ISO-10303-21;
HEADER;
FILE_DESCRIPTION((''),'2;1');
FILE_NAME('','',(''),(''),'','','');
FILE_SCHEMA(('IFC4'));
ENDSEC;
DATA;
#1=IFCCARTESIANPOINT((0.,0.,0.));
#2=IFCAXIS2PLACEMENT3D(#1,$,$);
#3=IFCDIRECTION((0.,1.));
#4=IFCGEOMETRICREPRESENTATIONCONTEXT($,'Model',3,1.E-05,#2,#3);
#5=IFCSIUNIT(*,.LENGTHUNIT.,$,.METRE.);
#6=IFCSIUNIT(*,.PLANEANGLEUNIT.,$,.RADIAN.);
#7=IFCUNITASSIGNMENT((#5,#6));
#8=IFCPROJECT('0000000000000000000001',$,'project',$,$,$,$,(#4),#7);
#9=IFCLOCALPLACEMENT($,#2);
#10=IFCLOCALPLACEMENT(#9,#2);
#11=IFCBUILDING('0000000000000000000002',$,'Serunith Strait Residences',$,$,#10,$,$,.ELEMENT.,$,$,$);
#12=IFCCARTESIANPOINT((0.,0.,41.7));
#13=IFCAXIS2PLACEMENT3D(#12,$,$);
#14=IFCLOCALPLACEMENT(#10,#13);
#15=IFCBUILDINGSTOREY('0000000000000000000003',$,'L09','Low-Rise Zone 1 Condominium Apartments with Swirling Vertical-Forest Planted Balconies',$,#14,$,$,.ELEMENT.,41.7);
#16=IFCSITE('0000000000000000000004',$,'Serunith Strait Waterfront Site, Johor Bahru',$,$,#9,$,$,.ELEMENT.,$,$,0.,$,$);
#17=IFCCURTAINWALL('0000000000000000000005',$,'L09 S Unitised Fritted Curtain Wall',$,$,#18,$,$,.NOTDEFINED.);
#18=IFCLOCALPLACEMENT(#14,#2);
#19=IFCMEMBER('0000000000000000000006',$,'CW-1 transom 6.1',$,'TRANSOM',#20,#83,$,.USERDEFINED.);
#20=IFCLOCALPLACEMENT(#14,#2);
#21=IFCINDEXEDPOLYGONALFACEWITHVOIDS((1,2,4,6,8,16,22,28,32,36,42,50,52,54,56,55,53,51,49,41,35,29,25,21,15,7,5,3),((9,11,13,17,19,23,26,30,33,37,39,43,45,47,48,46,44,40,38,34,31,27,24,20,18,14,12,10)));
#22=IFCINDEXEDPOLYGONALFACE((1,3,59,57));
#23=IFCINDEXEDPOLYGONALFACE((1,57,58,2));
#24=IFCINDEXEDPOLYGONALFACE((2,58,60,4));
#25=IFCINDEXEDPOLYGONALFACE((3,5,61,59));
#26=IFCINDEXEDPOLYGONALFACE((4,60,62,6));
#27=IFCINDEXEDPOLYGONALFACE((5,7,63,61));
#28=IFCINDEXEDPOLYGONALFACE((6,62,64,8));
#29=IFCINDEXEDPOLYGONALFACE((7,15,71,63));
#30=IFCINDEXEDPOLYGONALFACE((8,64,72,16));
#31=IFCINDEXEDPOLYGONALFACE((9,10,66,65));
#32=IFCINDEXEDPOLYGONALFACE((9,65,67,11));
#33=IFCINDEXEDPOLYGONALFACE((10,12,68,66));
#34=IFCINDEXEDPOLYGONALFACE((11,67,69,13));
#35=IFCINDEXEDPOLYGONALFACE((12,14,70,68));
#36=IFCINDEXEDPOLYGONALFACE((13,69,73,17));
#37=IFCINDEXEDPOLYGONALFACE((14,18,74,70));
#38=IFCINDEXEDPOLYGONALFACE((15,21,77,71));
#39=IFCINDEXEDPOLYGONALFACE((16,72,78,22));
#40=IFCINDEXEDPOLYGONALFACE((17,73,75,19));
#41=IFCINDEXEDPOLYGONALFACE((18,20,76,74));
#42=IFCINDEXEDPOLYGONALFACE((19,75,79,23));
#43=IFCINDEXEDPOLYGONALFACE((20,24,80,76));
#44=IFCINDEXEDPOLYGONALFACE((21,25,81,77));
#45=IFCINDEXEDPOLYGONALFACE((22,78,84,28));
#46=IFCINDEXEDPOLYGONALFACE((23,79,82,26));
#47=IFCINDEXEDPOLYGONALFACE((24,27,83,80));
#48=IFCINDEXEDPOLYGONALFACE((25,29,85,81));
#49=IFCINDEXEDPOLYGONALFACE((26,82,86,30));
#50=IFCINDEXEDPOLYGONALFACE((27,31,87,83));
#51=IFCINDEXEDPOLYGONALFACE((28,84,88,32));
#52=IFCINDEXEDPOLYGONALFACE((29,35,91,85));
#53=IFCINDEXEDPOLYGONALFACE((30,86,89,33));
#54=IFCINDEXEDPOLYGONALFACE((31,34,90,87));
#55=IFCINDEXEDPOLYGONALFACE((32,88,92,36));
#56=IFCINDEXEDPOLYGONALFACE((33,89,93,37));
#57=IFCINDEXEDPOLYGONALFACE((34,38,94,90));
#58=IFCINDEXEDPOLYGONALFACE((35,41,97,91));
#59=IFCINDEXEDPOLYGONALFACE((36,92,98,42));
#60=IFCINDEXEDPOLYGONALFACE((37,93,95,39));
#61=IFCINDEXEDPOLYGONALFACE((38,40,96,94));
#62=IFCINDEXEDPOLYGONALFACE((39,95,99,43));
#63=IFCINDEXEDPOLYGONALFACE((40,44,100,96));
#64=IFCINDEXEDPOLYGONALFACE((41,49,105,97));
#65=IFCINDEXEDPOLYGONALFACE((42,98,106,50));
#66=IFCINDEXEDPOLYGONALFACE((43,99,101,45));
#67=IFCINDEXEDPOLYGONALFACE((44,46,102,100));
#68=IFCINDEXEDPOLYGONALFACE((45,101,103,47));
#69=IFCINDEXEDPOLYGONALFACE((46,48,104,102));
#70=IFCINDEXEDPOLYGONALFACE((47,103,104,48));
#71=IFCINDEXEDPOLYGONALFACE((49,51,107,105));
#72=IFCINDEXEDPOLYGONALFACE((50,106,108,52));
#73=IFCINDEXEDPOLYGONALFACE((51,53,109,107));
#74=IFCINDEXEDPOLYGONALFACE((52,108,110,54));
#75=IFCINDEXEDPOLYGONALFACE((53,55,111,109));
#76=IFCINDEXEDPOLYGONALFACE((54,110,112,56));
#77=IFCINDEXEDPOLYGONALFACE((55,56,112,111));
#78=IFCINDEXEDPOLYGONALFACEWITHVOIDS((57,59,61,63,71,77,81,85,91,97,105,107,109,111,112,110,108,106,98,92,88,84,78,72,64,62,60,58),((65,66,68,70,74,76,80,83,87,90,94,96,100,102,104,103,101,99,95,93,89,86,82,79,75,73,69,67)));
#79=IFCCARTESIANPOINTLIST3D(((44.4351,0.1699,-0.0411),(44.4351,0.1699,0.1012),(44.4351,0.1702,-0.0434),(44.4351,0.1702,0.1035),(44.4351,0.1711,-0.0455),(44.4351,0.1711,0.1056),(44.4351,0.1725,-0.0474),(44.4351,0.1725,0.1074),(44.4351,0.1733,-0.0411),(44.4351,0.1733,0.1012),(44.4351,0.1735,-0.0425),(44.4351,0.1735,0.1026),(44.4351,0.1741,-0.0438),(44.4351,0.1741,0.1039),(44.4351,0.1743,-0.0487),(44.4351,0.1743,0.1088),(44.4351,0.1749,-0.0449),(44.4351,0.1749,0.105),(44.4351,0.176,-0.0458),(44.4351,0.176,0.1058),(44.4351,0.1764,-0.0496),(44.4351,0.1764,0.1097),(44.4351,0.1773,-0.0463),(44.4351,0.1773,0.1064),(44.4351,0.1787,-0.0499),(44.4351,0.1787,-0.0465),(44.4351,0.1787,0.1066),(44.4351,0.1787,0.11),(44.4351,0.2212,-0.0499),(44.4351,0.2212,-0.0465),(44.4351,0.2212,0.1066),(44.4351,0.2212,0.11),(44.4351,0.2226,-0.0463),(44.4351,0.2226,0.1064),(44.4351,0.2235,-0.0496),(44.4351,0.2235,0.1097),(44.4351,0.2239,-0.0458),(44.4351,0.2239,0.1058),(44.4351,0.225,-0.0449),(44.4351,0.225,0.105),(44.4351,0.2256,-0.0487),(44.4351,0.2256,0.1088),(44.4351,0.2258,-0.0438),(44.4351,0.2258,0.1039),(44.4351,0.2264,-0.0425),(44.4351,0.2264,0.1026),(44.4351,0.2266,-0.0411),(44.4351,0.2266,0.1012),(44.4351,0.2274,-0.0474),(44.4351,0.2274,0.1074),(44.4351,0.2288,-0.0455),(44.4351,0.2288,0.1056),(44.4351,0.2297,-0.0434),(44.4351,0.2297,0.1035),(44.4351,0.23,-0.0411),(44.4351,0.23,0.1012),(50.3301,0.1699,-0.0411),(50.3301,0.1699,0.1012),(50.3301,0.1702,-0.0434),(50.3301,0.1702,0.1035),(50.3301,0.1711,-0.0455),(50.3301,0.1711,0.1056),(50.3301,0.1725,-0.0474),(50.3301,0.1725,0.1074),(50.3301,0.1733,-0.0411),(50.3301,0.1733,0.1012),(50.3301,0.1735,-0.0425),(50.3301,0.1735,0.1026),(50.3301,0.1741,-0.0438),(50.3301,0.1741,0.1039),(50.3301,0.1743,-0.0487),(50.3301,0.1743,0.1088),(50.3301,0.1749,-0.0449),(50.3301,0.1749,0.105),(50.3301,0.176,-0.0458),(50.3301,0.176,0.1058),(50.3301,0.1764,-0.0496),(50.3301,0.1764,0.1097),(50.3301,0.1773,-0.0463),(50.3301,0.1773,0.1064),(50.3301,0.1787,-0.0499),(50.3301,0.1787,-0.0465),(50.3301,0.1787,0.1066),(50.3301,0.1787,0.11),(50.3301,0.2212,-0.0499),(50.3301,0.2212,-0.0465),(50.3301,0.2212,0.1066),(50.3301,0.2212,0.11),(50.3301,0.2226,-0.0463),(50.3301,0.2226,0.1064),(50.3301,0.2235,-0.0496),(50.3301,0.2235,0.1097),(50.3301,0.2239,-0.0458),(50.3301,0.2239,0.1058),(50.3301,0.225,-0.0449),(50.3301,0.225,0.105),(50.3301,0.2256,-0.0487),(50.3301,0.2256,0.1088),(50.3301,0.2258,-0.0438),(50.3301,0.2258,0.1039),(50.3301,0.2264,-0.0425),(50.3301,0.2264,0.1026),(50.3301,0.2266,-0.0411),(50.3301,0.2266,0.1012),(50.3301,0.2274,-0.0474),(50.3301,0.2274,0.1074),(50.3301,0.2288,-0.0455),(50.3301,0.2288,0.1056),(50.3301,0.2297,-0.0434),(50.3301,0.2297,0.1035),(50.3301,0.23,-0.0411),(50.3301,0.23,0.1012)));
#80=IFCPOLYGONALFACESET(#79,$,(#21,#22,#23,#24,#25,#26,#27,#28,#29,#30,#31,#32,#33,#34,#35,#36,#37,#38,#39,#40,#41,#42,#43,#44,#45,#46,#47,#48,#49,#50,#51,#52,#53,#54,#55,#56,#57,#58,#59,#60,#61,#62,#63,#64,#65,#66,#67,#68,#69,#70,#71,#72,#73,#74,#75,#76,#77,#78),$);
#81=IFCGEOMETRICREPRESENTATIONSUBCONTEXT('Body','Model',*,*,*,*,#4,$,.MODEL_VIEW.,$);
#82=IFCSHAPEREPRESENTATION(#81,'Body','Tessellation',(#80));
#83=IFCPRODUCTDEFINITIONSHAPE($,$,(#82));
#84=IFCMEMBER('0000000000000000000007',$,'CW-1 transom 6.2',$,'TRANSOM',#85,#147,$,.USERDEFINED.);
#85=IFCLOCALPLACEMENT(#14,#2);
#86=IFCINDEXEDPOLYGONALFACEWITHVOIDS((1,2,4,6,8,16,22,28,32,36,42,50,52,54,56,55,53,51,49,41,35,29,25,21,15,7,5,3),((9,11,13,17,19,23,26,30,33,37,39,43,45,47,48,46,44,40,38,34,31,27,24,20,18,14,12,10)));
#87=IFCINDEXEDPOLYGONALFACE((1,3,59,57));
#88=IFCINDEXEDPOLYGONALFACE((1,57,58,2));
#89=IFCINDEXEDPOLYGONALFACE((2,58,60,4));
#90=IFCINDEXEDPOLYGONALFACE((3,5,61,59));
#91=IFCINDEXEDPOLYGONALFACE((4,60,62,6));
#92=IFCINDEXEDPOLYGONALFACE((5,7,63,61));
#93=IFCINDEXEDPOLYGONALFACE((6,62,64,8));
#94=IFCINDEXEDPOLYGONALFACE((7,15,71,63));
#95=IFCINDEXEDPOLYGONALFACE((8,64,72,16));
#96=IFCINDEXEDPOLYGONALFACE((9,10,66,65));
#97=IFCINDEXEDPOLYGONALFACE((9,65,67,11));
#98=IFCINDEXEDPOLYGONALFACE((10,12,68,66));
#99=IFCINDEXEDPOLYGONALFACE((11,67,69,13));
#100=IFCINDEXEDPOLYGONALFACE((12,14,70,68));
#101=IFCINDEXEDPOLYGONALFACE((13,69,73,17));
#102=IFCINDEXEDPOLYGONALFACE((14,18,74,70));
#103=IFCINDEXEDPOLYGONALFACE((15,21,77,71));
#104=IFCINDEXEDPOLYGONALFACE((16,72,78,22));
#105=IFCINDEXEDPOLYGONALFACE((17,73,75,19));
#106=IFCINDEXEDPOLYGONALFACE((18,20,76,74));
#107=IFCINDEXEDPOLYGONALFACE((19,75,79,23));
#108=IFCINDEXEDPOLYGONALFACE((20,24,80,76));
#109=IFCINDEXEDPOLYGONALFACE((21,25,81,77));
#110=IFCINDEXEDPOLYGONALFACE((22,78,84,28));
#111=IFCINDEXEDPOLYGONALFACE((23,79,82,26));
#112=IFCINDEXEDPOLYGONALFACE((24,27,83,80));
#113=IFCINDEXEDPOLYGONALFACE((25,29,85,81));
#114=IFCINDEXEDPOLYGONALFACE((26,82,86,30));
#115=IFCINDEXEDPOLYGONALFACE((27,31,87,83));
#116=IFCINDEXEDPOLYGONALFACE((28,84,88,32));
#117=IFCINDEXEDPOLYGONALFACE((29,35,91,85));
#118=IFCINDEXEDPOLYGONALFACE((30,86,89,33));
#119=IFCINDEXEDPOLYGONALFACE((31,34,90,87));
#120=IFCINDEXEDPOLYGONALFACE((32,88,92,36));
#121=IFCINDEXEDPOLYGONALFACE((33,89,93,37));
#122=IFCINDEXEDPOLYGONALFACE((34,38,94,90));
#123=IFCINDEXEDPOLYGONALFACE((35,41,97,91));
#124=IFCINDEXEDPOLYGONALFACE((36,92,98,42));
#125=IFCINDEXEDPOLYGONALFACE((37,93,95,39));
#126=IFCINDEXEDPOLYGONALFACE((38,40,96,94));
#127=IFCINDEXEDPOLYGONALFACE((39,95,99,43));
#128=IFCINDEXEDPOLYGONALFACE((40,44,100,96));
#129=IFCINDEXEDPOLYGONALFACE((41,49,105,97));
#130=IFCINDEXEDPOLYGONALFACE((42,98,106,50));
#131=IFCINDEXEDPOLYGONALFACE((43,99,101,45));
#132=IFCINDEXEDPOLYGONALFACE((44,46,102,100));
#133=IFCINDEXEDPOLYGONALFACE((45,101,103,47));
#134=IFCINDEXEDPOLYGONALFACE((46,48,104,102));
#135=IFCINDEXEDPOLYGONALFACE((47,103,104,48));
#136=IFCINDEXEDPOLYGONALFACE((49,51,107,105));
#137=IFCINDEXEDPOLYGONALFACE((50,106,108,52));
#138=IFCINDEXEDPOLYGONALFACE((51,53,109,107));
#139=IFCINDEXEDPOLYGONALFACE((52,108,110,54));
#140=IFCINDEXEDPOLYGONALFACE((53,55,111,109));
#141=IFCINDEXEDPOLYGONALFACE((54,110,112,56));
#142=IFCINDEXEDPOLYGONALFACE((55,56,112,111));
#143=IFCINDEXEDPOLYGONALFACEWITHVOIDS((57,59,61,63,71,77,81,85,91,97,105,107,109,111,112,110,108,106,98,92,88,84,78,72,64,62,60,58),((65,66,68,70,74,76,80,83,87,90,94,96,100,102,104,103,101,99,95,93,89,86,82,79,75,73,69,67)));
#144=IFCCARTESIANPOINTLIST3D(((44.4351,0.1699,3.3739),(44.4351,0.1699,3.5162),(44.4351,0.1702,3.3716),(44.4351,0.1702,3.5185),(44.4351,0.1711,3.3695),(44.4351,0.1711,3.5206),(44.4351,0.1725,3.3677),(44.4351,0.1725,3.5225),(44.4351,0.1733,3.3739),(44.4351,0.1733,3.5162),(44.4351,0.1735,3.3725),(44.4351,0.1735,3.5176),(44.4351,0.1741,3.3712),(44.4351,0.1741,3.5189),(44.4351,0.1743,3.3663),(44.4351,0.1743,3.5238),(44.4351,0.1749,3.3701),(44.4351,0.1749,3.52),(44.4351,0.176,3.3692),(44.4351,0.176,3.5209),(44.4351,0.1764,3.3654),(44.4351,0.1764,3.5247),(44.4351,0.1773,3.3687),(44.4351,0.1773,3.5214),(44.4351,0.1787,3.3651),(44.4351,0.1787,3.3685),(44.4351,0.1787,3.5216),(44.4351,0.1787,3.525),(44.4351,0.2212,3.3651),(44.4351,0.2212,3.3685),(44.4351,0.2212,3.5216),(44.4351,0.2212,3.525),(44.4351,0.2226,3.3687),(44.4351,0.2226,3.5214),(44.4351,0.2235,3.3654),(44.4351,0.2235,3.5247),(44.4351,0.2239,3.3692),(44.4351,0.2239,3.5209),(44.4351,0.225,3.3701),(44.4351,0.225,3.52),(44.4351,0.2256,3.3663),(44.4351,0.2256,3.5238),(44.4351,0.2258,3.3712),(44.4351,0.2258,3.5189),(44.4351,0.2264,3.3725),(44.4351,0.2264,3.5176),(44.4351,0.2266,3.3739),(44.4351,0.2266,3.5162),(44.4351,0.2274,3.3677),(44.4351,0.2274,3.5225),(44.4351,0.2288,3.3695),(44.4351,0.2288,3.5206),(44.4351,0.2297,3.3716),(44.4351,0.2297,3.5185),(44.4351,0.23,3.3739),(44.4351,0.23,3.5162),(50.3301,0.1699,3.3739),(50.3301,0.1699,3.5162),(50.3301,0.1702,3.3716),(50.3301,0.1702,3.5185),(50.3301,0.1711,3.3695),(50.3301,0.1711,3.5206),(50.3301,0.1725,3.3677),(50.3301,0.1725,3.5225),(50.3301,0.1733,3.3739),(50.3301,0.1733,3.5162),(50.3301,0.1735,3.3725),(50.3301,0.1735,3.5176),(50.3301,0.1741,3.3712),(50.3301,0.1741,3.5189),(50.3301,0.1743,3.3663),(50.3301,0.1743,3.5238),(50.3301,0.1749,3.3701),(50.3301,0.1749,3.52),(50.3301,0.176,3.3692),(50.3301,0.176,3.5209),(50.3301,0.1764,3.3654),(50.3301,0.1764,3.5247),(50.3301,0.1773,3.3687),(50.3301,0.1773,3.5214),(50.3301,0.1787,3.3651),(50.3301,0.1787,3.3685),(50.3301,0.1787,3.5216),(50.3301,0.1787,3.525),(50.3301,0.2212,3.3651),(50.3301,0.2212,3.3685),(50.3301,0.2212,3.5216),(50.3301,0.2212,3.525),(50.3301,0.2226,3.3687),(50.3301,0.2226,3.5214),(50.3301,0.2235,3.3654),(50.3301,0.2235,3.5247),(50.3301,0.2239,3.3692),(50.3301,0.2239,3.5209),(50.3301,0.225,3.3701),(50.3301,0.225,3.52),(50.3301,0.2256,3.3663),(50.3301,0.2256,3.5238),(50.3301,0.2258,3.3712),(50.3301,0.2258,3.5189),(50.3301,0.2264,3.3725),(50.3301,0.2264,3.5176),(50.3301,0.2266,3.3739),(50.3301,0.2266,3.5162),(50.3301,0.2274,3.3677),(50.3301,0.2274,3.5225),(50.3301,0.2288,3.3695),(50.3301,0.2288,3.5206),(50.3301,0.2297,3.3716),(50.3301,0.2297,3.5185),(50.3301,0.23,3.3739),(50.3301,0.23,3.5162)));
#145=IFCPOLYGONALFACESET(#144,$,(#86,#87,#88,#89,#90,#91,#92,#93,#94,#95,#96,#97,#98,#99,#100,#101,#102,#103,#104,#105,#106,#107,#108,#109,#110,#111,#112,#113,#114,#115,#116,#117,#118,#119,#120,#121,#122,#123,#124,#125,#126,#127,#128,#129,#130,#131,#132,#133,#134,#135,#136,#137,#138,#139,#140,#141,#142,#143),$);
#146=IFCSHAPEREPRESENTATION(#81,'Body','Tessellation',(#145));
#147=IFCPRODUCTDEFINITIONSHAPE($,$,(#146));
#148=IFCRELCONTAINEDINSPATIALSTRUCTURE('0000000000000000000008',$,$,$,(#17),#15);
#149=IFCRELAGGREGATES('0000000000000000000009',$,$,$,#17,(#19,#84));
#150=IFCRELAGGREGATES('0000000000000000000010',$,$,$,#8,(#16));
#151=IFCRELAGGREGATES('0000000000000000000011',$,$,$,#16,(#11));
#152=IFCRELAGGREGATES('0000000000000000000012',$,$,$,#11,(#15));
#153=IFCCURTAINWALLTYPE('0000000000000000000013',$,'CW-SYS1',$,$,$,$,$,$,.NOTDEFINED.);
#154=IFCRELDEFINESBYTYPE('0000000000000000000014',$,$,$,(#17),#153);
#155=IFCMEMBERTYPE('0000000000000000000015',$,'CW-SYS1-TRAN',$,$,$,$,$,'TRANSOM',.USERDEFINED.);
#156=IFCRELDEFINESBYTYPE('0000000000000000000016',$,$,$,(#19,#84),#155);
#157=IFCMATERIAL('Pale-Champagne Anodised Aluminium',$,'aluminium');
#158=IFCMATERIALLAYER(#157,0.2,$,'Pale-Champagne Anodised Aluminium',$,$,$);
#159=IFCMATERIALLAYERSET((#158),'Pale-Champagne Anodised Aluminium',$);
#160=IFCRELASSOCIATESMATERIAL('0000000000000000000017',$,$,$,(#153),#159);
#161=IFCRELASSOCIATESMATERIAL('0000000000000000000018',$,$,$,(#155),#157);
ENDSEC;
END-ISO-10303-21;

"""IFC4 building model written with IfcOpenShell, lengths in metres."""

from ifc_helpers import new_model, si_unit, direction, frame, origin, origin_2d, place, context, subcontext, project, spatial, hollow_rectangle, extrude, source, transform, mapped, material, layer, layer_set, material_profile, profile_set, type_object, element, aggregate, save


model = new_model("IFC4")

# Units and contexts
model_context = context("Model", 3, precision=1e-05, world=origin(), true_north=direction((0.0, 1.0)))
body_context = subcontext(model_context, "Body", "Model", "MODEL_VIEW")
ifc_project = project(units=[si_unit("LENGTHUNIT", "METRE"), si_unit("PLANEANGLEUNIT", "RADIAN")], contexts=[model_context])

# Site, building, storey
site_placement = place(None, origin())
site = spatial("IfcSite", under=ifc_project, at=site_placement, Name="Serunith Strait Waterfront Site, Johor Bahru", CompositionType="ELEMENT", RefElevation=0.0)
building_placement = place(site_placement, origin())
building = spatial("IfcBuilding", under=site, at=building_placement, Name="Serunith Strait Residences", CompositionType="ELEMENT")
storey_placement = place(building_placement, frame((0.0, 0.0, 41.7)))
storey = spatial("IfcBuildingStorey", under=building, at=storey_placement, Name="L09", Description="Low-Rise Zone 1 Condominium Apartments with Swirling Vertical-Forest Planted Balconies", CompositionType="ELEMENT", Elevation=41.7)

# Curtain wall
ifc_material_1 = material(Name="Pale-Champagne Anodised Aluminium", Category="aluminium")
ifc_layer_1 = layer(ifc_material_1, 0.2, Name="Pale-Champagne Anodised Aluminium")
ifc_layer_set_1 = layer_set([ifc_layer_1], Name="Pale-Champagne Anodised Aluminium")
curtain_wall_type = type_object("IfcCurtainWallType", Name="CW-SYS1", PredefinedType="NOTDEFINED", material=ifc_layer_set_1)
curtain_wall_1_placement = place(storey_placement, origin())
curtain_wall_1 = element("IfcCurtainWall", 1, at=curtain_wall_1_placement, inside=storey, type_object=curtain_wall_type, Name="L09 S Unitised Fritted Curtain Wall", PredefinedType="NOTDEFINED")

# Members
ifc_material_profile_1 = material_profile(ifc_material_1, hollow_rectangle(XDim=0.0601, YDim=0.1599, WallThickness=0.0034, InnerFilletRadius=0.0054, OuterFilletRadius=0.0088, at=origin_2d()), Name="ALU 160x60x3.5")
ifc_profile_set_1 = profile_set([ifc_material_profile_1], Name="Pale-Champagne Anodised Aluminium")
member_type_1 = type_object("IfcMemberType", Name="CW-SYS1-TRAN", ElementType="TRANSOM", PredefinedType="USERDEFINED", material=ifc_profile_set_1)
shared_shape_1 = source(origin(), body_context, "Body", "SweptSolid", [
    extrude(hollow_rectangle(XDim=0.0601, YDim=0.1599, WallThickness=0.0034, InnerFilletRadius=0.0054, OuterFilletRadius=0.0088, at=origin_2d()), origin(), (0.0, 0.0, 1.0), 5.895),
])
member_1_placement = place(storey_placement, frame((44.4351, 0.2, 0.03), z_axis=(1.0, 0.0, 0.0), x_axis=(0.0, 1.0, 0.0)))
member_1 = element("IfcMember", 2, at=member_1_placement, type_object=member_type_1, Name="CW-1 transom 6.1", ObjectType="TRANSOM", PredefinedType="USERDEFINED", context=body_context, shape_type="MappedRepresentation", body=[
    mapped(shared_shape_1, transform((0.0, 0.0, 0.0), scale=1.0)),
])
member_2_placement = place(storey_placement, frame((44.4351, 0.2, 3.4451), z_axis=(1.0, 0.0, 0.0), x_axis=(0.0, 1.0, 0.0)))
member_2 = element("IfcMember", 3, at=member_2_placement, type_object=member_type_1, Name="CW-1 transom 6.2", ObjectType="TRANSOM", PredefinedType="USERDEFINED", context=body_context, shape_type="MappedRepresentation", body=[
    mapped(shared_shape_1, transform((0.0, 0.0, 0.0), scale=1.0)),
])

aggregate(curtain_wall_1, [member_1, member_2])

save(model, "model.ifc")
